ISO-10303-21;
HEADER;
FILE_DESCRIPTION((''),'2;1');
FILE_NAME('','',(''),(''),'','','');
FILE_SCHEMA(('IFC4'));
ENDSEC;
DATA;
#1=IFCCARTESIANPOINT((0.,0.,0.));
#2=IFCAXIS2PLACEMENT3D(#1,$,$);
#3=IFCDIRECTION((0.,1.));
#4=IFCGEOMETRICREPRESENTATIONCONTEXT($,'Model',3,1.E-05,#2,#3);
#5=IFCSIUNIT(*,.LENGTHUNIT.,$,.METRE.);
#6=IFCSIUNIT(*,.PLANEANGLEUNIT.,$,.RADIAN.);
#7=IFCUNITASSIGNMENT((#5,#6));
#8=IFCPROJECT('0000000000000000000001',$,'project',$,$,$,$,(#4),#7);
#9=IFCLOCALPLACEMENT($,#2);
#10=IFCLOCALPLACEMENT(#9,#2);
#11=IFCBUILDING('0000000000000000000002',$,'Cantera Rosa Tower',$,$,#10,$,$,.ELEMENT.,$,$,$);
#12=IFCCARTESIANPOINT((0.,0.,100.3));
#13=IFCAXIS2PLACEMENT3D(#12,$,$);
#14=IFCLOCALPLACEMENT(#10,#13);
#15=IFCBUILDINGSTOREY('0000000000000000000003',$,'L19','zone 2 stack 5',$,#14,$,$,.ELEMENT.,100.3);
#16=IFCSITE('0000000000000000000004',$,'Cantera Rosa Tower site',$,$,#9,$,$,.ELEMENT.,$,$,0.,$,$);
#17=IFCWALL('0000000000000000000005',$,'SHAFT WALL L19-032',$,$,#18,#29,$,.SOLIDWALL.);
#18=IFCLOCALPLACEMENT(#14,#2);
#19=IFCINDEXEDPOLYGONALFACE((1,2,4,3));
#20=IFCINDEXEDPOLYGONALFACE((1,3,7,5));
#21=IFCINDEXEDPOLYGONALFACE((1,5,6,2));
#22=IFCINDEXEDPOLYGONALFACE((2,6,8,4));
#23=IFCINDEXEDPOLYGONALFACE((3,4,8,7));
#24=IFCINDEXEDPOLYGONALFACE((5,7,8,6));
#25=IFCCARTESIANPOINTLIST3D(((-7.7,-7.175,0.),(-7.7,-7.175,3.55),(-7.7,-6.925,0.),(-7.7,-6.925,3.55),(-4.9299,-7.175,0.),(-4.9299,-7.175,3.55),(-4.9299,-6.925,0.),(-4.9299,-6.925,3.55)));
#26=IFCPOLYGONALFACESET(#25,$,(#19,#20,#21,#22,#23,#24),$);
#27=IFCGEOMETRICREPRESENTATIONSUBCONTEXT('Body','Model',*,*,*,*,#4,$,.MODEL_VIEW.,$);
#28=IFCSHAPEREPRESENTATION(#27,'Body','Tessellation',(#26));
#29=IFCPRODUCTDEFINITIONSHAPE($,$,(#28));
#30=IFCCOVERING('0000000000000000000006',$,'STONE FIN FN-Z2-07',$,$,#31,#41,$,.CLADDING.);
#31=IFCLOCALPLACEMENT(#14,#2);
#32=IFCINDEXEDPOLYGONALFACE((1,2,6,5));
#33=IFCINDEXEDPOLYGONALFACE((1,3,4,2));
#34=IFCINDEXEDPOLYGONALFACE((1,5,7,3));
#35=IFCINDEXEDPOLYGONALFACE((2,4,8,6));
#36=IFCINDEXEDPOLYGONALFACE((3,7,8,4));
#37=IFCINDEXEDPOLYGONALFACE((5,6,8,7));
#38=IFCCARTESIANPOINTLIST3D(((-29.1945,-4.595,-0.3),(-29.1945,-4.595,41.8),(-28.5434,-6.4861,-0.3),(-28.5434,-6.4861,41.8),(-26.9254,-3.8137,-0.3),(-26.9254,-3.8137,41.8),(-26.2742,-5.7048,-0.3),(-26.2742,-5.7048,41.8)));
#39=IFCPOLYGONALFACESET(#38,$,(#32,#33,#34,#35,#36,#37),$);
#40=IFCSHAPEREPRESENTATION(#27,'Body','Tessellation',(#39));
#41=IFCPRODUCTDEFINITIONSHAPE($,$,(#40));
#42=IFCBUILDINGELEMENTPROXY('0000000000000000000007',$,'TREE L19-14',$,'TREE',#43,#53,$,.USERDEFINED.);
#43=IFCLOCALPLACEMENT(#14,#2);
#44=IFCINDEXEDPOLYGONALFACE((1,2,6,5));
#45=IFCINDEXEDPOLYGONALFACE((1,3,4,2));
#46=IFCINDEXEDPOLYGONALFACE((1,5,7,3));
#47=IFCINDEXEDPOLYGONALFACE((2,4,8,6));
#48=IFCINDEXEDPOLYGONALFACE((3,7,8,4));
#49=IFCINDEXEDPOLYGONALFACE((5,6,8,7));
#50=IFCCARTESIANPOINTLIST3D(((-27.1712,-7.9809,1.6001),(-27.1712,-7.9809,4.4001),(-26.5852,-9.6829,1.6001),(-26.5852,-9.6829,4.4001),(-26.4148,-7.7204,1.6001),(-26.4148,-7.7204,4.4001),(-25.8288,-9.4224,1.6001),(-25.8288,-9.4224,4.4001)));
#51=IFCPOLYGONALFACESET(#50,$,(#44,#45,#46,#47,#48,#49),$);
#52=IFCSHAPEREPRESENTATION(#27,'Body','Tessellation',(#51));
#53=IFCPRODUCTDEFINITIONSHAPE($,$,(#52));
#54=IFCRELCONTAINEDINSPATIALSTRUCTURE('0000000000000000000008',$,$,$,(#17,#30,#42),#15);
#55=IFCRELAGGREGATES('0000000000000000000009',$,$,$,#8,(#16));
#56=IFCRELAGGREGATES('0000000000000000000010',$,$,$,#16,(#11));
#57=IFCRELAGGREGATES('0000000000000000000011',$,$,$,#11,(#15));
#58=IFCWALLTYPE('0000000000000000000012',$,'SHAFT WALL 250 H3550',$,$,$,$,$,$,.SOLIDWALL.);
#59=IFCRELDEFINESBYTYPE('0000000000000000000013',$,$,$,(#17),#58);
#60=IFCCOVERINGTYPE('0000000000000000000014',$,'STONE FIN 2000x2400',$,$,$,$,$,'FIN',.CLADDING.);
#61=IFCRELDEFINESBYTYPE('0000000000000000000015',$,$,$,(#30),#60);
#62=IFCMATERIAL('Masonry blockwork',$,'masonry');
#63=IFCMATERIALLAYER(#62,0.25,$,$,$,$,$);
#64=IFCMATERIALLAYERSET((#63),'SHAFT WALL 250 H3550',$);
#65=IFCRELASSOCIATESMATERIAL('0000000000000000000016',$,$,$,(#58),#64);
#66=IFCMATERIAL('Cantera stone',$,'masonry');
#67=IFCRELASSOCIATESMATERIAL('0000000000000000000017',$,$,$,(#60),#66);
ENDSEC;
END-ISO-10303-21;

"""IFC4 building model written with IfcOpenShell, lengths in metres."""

from ifc_helpers import new_model, si_unit, direction, frame, frame_2d, origin, origin_2d, place, context, subcontext, project, spatial, rectangle, extrude, material, layer, layer_set, type_object, element, save


model = new_model("IFC4")

# Units and contexts
model_context = context("Model", 3, precision=1e-05, world=origin(), true_north=direction((0.0, 1.0)))
body_context = subcontext(model_context, "Body", "Model", "MODEL_VIEW")
ifc_project = project(units=[si_unit("LENGTHUNIT", "METRE"), si_unit("PLANEANGLEUNIT", "RADIAN")], contexts=[model_context])

# Site, building, storey
site_placement = place(None, origin())
site = spatial("IfcSite", under=ifc_project, at=site_placement, Name="Cantera Rosa Tower site", CompositionType="ELEMENT", RefElevation=0.0)
building_placement = place(site_placement, origin())
building = spatial("IfcBuilding", under=site, at=building_placement, Name="Cantera Rosa Tower", CompositionType="ELEMENT")
storey_placement = place(building_placement, frame((0.0, 0.0, 100.3)))
storey = spatial("IfcBuildingStorey", under=building, at=storey_placement, Name="L19", Description="zone 2 stack 5", CompositionType="ELEMENT", Elevation=100.3)

# Wall
ifc_material_1 = material(Name="Masonry blockwork", Category="masonry")
ifc_layer_1 = layer(ifc_material_1, 0.25)
ifc_layer_set_1 = layer_set([ifc_layer_1], Name="SHAFT WALL 250 H3550")
wall_type_1 = type_object("IfcWallType", Name="SHAFT WALL 250 H3550", PredefinedType="SOLIDWALL", material=ifc_layer_set_1)
wall_1_placement = place(storey_placement, frame((-7.7, -7.05, 0.0), z_axis=(0.0, 0.0, 1.0), x_axis=(1.0, 0.0, 0.0)))
element("IfcWall", 1, at=wall_1_placement, inside=storey, type_object=wall_type_1, Name="SHAFT WALL L19-032", PredefinedType="SOLIDWALL", context=body_context, shape_type="SweptSolid", body=[
    extrude(rectangle(XDim=2.77, YDim=0.25, at=frame_2d((1.385, 0.0))), origin(), (0.0, 0.0, 1.0), 3.55),
])

# Covering
ifc_material_2 = material(Name="Cantera stone", Category="masonry")
covering_type = type_object("IfcCoveringType", Name="STONE FIN 2000x2400", ElementType="FIN", PredefinedType="CLADDING", material=ifc_material_2)
covering_placement = place(storey_placement, frame((-27.7344, -5.1499, -0.3), z_axis=(0.0, 0.0, 1.0), x_axis=(0.325568, -0.945519, 0.0)))
element("IfcCovering", 2, at=covering_placement, inside=storey, type_object=covering_type, Name="STONE FIN FN-Z2-07", PredefinedType="CLADDING", context=body_context, shape_type="SweptSolid", body=[
    extrude(rectangle(XDim=2.0, YDim=2.3999, at=origin_2d()), origin(), (0.0, 0.0, 1.0), 42.1001),
])

# Building element proxy
proxy_placement = place(storey_placement, frame((-26.5, -8.7017, 1.6001), z_axis=(0.0, 0.0, 1.0), x_axis=(0.325568, -0.945519, 0.0)))
element("IfcBuildingElementProxy", 3, at=proxy_placement, inside=storey, Name="TREE L19-14", ObjectType="TREE", PredefinedType="USERDEFINED", context=body_context, shape_type="SweptSolid", body=[
    extrude(rectangle(XDim=1.8, YDim=0.8, at=origin_2d()), origin(), (0.0, 0.0, 1.0), 2.8),
])

save(model, "model.ifc")
